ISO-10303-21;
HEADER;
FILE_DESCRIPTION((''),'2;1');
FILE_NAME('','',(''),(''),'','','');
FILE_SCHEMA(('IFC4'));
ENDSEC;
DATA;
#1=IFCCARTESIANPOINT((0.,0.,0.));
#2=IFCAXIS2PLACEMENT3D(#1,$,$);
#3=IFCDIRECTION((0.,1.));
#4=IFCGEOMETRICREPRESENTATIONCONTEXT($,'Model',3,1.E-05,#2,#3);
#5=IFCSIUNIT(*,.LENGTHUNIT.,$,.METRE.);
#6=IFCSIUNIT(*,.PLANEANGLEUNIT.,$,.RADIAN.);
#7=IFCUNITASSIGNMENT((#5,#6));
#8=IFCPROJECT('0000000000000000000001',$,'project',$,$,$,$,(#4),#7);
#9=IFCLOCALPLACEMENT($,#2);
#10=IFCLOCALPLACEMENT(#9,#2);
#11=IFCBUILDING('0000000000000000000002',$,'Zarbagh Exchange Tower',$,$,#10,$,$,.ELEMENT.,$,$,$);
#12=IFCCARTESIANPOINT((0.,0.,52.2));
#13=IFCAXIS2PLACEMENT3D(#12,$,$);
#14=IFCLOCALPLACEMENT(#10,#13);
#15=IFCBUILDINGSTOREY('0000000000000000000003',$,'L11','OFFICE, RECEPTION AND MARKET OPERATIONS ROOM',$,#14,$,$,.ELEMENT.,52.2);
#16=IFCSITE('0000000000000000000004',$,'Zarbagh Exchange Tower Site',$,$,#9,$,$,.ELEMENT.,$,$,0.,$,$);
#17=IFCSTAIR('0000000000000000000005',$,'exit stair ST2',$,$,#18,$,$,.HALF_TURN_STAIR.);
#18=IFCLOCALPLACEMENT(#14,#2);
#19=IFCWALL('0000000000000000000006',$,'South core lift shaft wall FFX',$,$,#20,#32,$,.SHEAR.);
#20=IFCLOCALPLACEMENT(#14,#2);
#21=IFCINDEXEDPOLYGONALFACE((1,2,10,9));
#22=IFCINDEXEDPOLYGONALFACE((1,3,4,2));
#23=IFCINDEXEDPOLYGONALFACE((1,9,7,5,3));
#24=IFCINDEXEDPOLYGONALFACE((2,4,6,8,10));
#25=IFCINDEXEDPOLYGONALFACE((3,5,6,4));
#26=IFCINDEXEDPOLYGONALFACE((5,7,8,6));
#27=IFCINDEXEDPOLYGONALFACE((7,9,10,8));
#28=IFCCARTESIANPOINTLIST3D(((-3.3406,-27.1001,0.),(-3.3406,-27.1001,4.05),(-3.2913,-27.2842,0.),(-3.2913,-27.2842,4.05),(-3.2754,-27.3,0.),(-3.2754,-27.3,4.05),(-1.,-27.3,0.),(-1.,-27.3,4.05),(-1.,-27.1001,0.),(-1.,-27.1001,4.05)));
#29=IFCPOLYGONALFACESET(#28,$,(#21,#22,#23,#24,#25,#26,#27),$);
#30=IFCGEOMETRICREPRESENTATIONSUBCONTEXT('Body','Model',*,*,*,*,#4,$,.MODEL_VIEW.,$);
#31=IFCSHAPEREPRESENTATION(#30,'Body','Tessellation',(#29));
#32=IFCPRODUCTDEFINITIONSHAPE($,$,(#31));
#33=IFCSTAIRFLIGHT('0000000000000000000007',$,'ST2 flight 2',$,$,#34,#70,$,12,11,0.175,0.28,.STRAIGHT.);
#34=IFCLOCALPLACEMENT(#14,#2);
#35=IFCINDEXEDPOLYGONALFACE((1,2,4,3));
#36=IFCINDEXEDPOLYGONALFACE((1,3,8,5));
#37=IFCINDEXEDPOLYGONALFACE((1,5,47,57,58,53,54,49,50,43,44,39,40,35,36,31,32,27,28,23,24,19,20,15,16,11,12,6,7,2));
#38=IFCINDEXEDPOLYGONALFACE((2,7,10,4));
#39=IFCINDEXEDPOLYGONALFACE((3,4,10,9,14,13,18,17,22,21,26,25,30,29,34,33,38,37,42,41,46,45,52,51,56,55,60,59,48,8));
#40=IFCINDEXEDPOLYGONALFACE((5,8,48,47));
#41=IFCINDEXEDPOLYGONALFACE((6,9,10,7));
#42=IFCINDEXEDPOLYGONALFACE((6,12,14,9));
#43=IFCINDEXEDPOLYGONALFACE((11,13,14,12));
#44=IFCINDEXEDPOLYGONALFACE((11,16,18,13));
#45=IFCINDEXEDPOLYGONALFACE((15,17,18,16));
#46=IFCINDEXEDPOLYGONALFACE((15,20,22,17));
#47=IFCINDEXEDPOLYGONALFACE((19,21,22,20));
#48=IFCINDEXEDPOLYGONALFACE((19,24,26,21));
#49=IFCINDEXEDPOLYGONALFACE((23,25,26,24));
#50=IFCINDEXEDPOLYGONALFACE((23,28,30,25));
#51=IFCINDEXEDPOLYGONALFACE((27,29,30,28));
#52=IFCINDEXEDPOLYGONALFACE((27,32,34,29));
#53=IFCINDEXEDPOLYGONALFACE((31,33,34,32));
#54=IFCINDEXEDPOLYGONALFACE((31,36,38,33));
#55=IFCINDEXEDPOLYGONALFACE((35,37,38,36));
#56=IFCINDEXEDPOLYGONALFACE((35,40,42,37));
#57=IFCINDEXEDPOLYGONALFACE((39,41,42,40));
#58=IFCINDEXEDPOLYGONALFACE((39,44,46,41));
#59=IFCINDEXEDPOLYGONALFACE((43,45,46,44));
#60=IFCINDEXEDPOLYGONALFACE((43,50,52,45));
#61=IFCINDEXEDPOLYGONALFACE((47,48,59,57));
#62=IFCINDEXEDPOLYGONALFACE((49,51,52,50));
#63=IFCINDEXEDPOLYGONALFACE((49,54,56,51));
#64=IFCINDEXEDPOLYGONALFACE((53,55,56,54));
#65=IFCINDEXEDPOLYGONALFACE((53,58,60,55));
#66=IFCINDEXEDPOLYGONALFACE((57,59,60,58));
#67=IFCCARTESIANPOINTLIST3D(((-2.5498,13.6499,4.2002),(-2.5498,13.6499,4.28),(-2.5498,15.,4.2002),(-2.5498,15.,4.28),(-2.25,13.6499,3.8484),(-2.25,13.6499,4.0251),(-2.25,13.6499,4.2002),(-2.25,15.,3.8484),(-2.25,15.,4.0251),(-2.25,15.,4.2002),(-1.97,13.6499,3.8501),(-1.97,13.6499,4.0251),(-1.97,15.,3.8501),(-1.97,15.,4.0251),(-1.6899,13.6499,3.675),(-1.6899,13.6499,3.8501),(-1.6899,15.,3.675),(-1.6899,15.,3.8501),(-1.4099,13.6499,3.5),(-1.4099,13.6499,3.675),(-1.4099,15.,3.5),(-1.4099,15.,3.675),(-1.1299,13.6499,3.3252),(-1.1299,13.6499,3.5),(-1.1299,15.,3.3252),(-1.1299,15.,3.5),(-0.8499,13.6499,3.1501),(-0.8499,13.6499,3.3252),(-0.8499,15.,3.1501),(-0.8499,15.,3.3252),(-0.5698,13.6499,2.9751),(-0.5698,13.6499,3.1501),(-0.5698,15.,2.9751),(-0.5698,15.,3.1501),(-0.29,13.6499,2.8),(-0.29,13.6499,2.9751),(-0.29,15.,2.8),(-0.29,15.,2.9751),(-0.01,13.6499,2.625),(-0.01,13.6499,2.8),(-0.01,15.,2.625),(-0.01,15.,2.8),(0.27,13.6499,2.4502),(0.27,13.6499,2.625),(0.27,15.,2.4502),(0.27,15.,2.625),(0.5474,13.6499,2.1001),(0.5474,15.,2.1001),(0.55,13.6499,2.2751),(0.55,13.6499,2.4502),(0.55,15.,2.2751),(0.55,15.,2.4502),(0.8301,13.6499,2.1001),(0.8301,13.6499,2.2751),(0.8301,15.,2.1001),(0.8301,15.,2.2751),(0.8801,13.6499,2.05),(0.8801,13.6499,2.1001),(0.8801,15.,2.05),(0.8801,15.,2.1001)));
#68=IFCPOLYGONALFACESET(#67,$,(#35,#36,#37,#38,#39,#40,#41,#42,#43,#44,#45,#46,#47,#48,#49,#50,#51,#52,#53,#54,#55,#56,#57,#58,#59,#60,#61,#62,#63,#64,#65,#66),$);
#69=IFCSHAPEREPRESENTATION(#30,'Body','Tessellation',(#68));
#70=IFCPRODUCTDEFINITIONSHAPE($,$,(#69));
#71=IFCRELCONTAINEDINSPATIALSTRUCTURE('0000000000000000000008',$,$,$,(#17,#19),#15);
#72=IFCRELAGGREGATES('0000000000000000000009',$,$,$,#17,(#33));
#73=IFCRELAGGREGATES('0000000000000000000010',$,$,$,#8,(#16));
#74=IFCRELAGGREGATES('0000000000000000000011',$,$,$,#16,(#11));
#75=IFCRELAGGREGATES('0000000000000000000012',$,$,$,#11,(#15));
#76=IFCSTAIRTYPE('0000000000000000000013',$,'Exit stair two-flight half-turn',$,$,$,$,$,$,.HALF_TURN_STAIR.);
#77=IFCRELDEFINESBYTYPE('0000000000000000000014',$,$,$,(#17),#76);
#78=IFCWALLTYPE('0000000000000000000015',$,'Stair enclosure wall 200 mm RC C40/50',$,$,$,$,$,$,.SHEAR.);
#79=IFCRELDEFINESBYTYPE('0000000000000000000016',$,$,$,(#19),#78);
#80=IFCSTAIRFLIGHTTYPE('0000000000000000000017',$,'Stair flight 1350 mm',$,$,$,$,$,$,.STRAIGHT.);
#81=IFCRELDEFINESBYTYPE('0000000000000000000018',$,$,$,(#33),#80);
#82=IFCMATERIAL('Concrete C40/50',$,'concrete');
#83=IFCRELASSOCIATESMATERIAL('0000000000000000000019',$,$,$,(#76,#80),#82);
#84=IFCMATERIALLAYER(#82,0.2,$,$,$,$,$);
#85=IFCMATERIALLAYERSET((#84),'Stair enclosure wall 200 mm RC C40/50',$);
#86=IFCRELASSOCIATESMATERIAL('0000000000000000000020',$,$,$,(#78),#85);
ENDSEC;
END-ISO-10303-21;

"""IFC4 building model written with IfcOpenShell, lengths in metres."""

from ifc_helpers import new_model, si_unit, direction, frame, origin, place, context, subcontext, project, spatial, polyline, outline, extrude, material, layer, layer_set, type_object, element, aggregate, save


model = new_model("IFC4")

# Units and contexts
model_context = context("Model", 3, precision=1e-05, world=origin(), true_north=direction((0.0, 1.0)))
body_context = subcontext(model_context, "Body", "Model", "MODEL_VIEW")
ifc_project = project(units=[si_unit("LENGTHUNIT", "METRE"), si_unit("PLANEANGLEUNIT", "RADIAN")], contexts=[model_context])

# Site, building, storey
site_placement = place(None, origin())
site = spatial("IfcSite", under=ifc_project, at=site_placement, Name="Zarbagh Exchange Tower Site", CompositionType="ELEMENT", RefElevation=0.0)
building_placement = place(site_placement, origin())
building = spatial("IfcBuilding", under=site, at=building_placement, Name="Zarbagh Exchange Tower", CompositionType="ELEMENT")
storey_placement = place(building_placement, frame((0.0, 0.0, 52.2)))
storey = spatial("IfcBuildingStorey", under=building, at=storey_placement, Name="L11", Description="OFFICE, RECEPTION AND MARKET OPERATIONS ROOM", CompositionType="ELEMENT", Elevation=52.2)

# Stair
ifc_material_1 = material(Name="Concrete C40/50", Category="concrete")
stair_type = type_object("IfcStairType", Name="Exit stair two-flight half-turn", PredefinedType="HALF_TURN_STAIR", material=ifc_material_1)
stair_1_placement = place(storey_placement, origin())
stair_1 = element("IfcStair", 1, at=stair_1_placement, inside=storey, type_object=stair_type, Name="exit stair ST2", PredefinedType="HALF_TURN_STAIR")

# Shared definitions
ifc_layer_1 = layer(ifc_material_1, 0.2)
ifc_layer_set_1 = layer_set([ifc_layer_1], Name="Stair enclosure wall 200 mm RC C40/50")
wall_type_1 = type_object("IfcWallType", Name="Stair enclosure wall 200 mm RC C40/50", PredefinedType="SHEAR", material=ifc_layer_set_1)

# Wall
wall_1_placement = place(storey_placement, origin())
element("IfcWall", 2, at=wall_1_placement, inside=storey, type_object=wall_type_1, Name="South core lift shaft wall FFX", PredefinedType="SHEAR", context=body_context, shape_type="SweptSolid", body=[
    extrude(outline(polyline([(-1.0, -27.1001), (-3.3406, -27.1001), (-3.2913, -27.2842), (-3.2754, -27.3), (-1.0, -27.3), (-1.0, -27.1001)])), origin(), (0.0, 0.0, 1.0), 4.05),
])

# Stair flight
stair_flight_type = type_object("IfcStairFlightType", Name="Stair flight 1350 mm", PredefinedType="STRAIGHT", material=ifc_material_1)
stair_flight_placement = place(storey_placement, frame((0.8301, 14.325, 2.1001), z_axis=(0.0, 0.0, 1.0), x_axis=(-1.0, 0.0, 0.0)))
stair_flight = element("IfcStairFlight", 3, at=stair_flight_placement, type_object=stair_flight_type, Name="ST2 flight 2", NumberOfRisers=12, NumberOfTreads=11, PredefinedType="STRAIGHT", RiserHeight=0.175, TreadLength=0.28, context=body_context, shape_type="SweptSolid", body=[
    extrude(outline(polyline([(-0.05, -0.05), (-0.05, 0.0), (0.0, 0.0), (0.0, 0.175), (0.28, 0.175), (0.28, 0.3501), (0.5601, 0.3501), (0.5601, 0.5249), (0.8401, 0.5249), (0.8401, 0.7), (1.1201, 0.7), (1.1201, 0.875), (1.3999, 0.875), (1.3999, 1.05), (1.6799, 1.05), (1.6799, 1.2251), (1.96, 1.2251), (1.96, 1.3999), (2.24, 1.3999), (2.24, 1.575), (2.52, 1.575), (2.52, 1.75), (2.8, 1.75), (2.8, 1.925), (3.0801, 1.925), (3.0801, 2.1001), (3.3799, 2.1799), (3.3799, 2.1001), (3.0801, 1.7483), (0.2827, 0.0), (-0.05, -0.05)])), frame((0.0, 0.675, 0.0), z_axis=(0.0, -1.0, 0.0), x_axis=(1.0, 0.0, 0.0)), (0.0, 0.0, 1.0), 1.3501),
])
aggregate(stair_1, [stair_flight])

save(model, "model.ifc")
